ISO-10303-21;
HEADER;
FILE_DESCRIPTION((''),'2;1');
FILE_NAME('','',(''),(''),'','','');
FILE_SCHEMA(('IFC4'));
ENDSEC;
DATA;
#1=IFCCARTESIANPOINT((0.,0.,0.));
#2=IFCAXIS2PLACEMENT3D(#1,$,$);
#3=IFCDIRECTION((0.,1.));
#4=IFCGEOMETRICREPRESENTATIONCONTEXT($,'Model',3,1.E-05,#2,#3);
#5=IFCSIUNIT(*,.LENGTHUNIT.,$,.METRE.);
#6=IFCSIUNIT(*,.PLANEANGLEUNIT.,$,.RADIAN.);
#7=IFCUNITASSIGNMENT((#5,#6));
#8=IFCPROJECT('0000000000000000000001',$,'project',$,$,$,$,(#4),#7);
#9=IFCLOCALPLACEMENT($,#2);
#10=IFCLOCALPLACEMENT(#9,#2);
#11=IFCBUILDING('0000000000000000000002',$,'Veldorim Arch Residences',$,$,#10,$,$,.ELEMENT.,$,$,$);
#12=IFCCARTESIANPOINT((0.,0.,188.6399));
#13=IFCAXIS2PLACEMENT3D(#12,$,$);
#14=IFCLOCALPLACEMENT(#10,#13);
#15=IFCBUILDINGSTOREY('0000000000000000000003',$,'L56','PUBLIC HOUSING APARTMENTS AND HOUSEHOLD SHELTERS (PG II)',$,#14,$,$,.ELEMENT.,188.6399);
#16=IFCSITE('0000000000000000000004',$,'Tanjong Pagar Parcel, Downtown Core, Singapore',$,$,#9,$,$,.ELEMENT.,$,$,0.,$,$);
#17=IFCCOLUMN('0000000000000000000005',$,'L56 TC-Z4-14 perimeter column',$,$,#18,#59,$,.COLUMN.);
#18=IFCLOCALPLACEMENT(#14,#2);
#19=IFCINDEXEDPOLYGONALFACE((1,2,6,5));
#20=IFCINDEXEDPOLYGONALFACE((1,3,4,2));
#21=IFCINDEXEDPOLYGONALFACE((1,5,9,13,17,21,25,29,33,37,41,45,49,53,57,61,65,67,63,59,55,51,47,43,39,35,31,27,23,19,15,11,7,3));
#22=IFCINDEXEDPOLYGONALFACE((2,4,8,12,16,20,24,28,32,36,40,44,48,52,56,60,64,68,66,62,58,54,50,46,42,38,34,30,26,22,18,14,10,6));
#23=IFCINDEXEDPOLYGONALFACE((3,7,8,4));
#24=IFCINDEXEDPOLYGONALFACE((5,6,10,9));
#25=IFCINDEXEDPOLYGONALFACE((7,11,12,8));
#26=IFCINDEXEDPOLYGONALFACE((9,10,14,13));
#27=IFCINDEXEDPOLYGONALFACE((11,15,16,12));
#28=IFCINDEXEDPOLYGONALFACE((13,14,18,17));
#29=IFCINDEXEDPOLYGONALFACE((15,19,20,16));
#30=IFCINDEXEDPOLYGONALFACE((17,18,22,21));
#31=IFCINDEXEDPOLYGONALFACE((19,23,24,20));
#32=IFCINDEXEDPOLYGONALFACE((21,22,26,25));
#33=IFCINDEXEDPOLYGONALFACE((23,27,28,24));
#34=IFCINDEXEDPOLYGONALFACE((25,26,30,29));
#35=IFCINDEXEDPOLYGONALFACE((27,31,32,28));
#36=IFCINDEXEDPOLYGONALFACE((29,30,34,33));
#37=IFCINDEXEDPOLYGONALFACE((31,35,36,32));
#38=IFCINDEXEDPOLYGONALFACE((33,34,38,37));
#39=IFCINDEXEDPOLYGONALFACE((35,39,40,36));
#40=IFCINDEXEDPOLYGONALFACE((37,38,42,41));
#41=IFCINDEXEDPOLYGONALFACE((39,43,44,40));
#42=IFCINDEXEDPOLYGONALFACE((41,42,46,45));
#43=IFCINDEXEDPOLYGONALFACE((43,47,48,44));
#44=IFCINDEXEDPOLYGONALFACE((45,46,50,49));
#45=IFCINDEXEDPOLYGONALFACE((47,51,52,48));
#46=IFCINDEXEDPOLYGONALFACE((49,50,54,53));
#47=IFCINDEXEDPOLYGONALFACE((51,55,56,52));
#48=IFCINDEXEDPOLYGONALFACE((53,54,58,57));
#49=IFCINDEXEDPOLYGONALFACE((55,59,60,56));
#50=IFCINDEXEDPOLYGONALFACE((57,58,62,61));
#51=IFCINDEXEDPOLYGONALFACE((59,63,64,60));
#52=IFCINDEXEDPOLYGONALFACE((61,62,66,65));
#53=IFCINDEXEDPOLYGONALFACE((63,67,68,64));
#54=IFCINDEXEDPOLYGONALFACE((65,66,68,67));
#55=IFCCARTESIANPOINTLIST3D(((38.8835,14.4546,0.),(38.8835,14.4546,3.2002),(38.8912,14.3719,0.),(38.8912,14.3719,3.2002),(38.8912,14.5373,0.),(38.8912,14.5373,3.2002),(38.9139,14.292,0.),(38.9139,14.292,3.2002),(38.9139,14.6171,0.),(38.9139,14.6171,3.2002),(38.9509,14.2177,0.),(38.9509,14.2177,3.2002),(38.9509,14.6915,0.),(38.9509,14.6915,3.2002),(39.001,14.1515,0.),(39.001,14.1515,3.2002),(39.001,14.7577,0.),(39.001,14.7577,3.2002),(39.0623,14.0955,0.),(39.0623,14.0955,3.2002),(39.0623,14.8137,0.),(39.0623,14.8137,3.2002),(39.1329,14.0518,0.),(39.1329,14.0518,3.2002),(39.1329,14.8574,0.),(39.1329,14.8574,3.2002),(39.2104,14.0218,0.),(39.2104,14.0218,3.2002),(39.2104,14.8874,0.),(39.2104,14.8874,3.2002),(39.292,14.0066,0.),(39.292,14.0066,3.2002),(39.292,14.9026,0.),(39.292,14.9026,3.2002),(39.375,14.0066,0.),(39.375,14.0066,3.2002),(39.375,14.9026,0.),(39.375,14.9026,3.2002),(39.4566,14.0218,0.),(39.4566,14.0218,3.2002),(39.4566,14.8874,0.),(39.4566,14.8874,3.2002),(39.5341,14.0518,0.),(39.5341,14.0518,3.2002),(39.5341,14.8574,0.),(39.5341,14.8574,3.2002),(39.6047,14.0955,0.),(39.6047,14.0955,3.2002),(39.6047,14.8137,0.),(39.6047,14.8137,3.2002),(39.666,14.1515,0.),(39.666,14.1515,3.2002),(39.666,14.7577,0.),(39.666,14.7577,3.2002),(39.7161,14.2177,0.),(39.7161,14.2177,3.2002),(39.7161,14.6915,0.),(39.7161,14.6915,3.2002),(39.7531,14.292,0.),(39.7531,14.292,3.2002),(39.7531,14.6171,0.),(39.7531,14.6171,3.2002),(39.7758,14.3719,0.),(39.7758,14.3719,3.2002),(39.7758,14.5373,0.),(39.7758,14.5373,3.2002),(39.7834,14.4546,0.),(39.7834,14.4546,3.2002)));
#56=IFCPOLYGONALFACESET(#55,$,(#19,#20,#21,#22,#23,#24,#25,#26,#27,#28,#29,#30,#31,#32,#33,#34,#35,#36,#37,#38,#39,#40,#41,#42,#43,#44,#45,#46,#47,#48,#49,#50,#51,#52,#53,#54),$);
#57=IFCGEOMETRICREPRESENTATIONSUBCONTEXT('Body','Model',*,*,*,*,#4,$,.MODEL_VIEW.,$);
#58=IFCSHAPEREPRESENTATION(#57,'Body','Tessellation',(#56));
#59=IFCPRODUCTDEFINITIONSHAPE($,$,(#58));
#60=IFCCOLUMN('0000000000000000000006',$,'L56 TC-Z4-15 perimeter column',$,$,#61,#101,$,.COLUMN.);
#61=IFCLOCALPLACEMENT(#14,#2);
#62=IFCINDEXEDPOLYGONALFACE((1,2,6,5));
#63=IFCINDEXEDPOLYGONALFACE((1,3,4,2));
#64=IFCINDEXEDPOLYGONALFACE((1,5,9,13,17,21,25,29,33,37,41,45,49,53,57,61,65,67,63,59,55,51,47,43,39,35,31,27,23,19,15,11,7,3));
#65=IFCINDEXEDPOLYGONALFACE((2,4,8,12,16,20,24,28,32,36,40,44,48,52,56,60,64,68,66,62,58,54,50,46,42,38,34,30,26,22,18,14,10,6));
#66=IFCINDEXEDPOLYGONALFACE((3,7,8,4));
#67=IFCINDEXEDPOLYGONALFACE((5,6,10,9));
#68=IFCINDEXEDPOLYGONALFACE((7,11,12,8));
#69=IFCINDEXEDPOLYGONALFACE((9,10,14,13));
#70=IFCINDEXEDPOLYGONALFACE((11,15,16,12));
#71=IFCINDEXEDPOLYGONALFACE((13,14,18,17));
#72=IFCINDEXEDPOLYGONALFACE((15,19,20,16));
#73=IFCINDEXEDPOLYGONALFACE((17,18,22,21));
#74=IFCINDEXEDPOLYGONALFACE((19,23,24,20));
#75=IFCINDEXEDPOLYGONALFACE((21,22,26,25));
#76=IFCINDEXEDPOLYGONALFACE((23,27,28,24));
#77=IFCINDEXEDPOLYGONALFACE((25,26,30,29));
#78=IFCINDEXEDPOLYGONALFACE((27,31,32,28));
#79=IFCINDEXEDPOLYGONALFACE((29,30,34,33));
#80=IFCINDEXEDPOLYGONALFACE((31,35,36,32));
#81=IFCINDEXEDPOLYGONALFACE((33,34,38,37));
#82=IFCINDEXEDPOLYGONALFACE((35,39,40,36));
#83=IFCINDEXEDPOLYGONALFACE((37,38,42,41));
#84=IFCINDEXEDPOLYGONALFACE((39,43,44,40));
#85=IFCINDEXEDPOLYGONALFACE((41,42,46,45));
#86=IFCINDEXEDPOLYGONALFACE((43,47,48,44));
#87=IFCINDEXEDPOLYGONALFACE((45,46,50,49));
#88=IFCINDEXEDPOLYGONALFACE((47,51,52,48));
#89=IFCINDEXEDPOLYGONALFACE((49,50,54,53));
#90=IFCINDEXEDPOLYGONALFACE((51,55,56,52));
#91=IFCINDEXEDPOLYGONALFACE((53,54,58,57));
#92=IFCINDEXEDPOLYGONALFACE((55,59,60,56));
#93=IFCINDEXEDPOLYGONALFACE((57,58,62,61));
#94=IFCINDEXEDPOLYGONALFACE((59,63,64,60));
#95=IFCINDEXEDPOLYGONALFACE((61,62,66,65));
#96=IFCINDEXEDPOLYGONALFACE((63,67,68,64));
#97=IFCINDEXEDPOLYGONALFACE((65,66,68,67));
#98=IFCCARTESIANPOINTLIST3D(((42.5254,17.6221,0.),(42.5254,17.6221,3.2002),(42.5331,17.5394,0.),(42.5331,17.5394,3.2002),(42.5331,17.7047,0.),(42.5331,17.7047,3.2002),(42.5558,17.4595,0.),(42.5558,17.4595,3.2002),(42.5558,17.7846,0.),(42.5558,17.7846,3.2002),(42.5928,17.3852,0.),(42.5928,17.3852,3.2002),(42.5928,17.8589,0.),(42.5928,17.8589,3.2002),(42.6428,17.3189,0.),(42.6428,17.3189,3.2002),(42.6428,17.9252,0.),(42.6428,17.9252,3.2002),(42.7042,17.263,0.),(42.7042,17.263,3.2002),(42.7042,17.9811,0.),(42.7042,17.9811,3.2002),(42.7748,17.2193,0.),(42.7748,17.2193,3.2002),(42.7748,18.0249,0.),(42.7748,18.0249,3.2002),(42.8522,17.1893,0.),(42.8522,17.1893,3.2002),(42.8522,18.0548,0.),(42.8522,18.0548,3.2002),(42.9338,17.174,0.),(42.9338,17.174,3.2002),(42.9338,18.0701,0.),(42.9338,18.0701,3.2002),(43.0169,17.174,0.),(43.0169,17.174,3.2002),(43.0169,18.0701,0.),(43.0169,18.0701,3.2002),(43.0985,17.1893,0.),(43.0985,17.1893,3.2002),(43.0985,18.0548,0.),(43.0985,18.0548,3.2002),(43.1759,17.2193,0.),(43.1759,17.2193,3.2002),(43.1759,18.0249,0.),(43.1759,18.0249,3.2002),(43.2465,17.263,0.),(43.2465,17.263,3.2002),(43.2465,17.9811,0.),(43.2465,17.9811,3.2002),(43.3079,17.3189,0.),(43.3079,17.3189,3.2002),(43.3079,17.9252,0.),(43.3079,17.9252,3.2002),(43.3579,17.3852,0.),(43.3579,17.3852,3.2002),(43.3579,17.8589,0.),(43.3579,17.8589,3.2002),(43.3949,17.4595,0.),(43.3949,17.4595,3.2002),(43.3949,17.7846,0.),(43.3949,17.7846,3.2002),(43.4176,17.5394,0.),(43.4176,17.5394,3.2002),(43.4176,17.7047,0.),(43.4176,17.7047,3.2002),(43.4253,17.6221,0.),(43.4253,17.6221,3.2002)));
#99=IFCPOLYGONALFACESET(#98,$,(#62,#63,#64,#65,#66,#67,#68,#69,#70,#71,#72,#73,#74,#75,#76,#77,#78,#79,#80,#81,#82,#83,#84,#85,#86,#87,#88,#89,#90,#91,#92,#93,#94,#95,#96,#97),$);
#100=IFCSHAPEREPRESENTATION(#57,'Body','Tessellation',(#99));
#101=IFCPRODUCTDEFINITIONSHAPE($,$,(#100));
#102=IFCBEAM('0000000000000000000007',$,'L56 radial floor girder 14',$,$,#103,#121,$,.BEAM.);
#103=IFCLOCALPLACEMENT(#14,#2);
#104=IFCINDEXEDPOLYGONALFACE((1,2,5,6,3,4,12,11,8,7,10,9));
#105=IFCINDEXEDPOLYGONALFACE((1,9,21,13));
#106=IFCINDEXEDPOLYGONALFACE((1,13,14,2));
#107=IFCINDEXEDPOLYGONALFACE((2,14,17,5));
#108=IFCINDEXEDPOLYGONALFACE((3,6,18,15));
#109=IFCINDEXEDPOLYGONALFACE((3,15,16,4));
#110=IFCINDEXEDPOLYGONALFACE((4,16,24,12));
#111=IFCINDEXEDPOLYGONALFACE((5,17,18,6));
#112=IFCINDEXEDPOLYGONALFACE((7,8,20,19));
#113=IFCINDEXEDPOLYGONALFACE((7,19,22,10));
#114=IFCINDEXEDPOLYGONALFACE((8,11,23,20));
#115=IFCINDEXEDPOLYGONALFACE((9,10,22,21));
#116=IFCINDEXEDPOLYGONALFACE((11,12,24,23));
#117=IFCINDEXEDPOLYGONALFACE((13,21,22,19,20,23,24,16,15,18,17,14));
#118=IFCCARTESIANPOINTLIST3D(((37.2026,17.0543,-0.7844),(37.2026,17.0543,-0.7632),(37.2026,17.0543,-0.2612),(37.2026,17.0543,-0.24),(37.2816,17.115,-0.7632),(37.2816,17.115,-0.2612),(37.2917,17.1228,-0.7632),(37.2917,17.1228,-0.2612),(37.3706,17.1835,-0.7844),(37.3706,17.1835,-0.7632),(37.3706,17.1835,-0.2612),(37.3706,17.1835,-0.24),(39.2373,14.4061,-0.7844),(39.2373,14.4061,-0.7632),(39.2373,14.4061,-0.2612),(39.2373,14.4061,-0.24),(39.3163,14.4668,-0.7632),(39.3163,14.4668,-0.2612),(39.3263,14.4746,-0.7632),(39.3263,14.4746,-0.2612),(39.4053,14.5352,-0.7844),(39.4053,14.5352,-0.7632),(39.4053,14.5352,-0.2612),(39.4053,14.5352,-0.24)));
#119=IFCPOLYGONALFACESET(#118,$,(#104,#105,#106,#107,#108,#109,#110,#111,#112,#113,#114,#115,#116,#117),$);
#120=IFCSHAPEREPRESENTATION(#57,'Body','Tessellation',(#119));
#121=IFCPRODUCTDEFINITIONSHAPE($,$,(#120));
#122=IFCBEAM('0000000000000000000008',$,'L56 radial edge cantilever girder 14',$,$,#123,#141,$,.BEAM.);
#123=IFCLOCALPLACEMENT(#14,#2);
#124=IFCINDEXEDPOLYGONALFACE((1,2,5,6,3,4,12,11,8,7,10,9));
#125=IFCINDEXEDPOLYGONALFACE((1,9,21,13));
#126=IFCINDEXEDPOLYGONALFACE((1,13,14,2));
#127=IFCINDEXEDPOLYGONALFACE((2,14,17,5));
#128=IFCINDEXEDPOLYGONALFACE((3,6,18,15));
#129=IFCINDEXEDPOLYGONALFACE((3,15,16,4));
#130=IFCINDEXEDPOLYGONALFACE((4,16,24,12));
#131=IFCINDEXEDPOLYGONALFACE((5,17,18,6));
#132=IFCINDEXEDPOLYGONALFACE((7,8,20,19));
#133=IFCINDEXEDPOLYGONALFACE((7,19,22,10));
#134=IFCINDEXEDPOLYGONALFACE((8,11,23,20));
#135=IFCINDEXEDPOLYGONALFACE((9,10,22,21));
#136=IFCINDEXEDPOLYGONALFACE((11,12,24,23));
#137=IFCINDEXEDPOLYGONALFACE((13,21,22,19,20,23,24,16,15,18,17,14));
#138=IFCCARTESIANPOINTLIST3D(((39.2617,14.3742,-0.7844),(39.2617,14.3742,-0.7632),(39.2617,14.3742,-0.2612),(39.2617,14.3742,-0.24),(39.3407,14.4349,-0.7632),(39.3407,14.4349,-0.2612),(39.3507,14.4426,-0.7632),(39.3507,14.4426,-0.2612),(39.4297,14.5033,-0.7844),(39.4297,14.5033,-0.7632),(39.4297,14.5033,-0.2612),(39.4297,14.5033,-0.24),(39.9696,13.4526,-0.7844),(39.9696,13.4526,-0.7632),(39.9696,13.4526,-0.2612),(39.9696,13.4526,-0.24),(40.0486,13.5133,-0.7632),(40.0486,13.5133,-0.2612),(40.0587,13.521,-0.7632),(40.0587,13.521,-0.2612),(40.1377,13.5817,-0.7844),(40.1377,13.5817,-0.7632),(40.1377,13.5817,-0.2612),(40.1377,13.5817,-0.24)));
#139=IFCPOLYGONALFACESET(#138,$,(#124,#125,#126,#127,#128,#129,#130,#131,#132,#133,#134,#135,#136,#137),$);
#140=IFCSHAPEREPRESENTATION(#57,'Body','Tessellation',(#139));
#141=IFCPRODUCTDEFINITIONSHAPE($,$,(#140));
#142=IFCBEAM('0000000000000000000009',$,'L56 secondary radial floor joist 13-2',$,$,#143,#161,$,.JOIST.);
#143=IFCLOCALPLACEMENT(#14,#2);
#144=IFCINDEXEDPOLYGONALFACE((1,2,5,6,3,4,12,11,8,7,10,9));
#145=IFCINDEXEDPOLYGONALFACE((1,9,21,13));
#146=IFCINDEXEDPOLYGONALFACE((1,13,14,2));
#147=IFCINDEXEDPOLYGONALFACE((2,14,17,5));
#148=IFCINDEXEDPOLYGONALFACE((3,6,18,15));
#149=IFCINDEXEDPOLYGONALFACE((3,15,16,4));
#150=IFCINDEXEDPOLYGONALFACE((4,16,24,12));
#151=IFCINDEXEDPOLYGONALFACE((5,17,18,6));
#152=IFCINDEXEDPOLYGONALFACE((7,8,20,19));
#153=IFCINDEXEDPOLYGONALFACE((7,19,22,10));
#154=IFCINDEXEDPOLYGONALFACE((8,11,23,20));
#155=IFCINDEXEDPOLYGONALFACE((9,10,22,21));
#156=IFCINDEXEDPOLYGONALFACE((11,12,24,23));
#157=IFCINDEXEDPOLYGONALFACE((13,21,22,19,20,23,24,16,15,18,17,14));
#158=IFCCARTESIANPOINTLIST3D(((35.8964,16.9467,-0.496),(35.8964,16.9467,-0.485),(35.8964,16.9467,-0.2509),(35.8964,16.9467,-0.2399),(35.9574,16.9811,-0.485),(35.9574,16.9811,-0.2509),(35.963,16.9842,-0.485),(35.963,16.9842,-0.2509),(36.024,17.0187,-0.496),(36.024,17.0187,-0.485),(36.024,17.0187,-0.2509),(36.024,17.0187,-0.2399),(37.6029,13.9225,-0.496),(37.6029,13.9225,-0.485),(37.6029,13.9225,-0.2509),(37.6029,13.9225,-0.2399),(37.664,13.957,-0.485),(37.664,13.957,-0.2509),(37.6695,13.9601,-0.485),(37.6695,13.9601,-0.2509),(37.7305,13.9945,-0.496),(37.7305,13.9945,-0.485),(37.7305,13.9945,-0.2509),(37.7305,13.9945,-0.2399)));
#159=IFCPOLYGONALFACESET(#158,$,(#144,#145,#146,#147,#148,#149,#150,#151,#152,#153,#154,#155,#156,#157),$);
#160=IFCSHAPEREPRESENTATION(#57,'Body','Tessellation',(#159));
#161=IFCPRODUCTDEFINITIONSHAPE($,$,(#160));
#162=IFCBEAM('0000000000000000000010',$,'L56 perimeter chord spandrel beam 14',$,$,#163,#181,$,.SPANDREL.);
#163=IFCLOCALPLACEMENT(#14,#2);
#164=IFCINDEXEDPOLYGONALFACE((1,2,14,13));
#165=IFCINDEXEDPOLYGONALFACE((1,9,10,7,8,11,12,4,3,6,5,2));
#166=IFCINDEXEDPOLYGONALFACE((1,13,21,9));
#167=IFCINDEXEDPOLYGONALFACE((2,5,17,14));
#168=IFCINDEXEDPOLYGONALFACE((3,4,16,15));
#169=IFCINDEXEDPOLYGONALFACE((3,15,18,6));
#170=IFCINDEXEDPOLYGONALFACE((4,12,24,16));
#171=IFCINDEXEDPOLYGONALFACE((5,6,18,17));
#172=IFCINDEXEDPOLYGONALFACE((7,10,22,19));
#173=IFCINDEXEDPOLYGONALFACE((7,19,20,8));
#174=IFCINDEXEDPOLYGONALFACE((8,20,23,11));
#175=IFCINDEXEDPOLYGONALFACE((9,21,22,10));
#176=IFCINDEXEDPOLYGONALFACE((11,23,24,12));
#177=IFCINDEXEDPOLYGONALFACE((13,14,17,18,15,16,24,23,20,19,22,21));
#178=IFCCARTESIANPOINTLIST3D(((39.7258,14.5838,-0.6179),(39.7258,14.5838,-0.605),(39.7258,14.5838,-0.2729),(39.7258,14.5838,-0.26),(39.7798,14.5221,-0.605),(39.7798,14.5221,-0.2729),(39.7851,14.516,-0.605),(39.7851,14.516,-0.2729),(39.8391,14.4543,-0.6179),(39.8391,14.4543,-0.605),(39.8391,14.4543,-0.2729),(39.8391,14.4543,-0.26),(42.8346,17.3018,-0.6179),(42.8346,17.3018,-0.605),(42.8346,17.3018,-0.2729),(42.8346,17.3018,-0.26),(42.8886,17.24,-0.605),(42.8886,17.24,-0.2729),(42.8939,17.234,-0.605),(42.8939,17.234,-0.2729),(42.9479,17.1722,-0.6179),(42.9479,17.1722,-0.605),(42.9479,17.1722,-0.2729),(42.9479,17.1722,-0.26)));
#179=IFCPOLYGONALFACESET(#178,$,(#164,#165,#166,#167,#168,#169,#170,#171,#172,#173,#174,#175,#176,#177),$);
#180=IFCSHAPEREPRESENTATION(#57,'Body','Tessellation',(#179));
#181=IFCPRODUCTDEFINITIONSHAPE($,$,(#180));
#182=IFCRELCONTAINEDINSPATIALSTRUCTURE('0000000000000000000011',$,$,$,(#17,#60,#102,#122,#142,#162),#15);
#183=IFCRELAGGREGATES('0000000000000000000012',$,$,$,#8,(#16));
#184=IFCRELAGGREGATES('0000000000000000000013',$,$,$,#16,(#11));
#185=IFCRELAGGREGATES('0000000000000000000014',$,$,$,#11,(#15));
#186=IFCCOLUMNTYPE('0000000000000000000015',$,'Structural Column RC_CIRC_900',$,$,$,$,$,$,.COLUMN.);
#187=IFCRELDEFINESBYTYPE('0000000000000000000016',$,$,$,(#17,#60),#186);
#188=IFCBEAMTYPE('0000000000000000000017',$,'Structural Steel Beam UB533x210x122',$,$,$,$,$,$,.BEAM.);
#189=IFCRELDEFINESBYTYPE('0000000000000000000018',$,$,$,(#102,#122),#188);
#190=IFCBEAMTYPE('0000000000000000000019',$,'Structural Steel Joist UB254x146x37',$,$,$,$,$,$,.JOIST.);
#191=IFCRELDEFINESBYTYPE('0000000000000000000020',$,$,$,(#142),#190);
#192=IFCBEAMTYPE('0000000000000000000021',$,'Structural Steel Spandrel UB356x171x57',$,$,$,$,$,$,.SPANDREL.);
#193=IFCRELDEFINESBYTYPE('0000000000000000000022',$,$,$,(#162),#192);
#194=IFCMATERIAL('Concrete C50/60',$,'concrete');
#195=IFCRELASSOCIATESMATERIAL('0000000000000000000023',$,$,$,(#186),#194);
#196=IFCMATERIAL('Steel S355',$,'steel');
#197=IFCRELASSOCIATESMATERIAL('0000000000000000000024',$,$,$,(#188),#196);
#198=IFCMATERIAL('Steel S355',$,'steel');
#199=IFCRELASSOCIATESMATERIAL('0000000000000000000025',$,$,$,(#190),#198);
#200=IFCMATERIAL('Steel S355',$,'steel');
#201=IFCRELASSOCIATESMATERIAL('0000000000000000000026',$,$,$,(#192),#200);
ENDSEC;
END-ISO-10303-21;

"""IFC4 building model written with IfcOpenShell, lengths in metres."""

from ifc_helpers import new_model, si_unit, direction, frame, origin, origin_2d, place, context, subcontext, project, spatial, circle, i_section, extrude, material, material_profile, profile_set, type_object, element, save


model = new_model("IFC4")

# Units and contexts
model_context = context("Model", 3, precision=1e-05, world=origin(), true_north=direction((0.0, 1.0)))
body_context = subcontext(model_context, "Body", "Model", "MODEL_VIEW")
ifc_project = project(units=[si_unit("LENGTHUNIT", "METRE"), si_unit("PLANEANGLEUNIT", "RADIAN")], contexts=[model_context])

# Site, building, storey
site_placement = place(None, origin())
site = spatial("IfcSite", under=ifc_project, at=site_placement, Name="Tanjong Pagar Parcel, Downtown Core, Singapore", CompositionType="ELEMENT", RefElevation=0.0)
building_placement = place(site_placement, origin())
building = spatial("IfcBuilding", under=site, at=building_placement, Name="Veldorim Arch Residences", CompositionType="ELEMENT")
storey_placement = place(building_placement, frame((0.0, 0.0, 188.6399)))
storey = spatial("IfcBuildingStorey", under=building, at=storey_placement, Name="L56", Description="PUBLIC HOUSING APARTMENTS AND HOUSEHOLD SHELTERS (PG II)", CompositionType="ELEMENT", Elevation=188.6399)

# Columns
ifc_material_1 = material(Name="Concrete C50/60", Category="concrete")
ifc_material_profile_1 = material_profile(ifc_material_1, circle(Radius=0.45, at=origin_2d()), Name="RC_CIRC_900")
ifc_profile_set_1 = profile_set([ifc_material_profile_1], Name="Concrete C50/60")
column_type = type_object("IfcColumnType", Name="Structural Column RC_CIRC_900", PredefinedType="COLUMN", material=ifc_profile_set_1)
for number, where, z_axis, x_axis, name in (
    (1, (39.3335, 14.4546, 0.0), (0.0, 0.0, 1.0), (1.0, 0.0, 0.0), "L56 TC-Z4-14 perimeter column"),
    (2, (42.9753, 17.6221, 0.0), (0.0, 0.0, 1.0), (1.0, 0.0, 0.0), "L56 TC-Z4-15 perimeter column"),
):
    element("IfcColumn", number, at=place(storey_placement, frame(where, z_axis=z_axis, x_axis=x_axis)), inside=storey, type_object=column_type, Name=name, PredefinedType="COLUMN", context=body_context, shape_type="SweptSolid", body=[
        extrude(circle(Radius=0.45, at=origin_2d()), origin(), (0.0, 0.0, 1.0), 3.2002),
    ])

# Beams
ifc_material_2 = material(Name="Steel S355", Category="steel")
ifc_material_profile_2 = material_profile(ifc_material_2, i_section(OverallWidth=0.2119, OverallDepth=0.5444, WebThickness=0.0127, FlangeThickness=0.0212, at=origin_2d()), Name="UB533x210x122")
ifc_profile_set_2 = profile_set([ifc_material_profile_2], Name="Steel S355")
beam_type_1 = type_object("IfcBeamType", Name="Structural Steel Beam UB533x210x122", PredefinedType="BEAM", material=ifc_profile_set_2)
beam_1_placement = place(storey_placement, frame((37.2866, 17.1189, -0.5122), z_axis=(0.609258, -0.792972, 0.0), x_axis=(0.792972, 0.609258, 0.0)))
element("IfcBeam", 3, at=beam_1_placement, inside=storey, type_object=beam_type_1, Name="L56 radial floor girder 14", PredefinedType="BEAM", context=body_context, shape_type="SweptSolid", body=[
    extrude(i_section(OverallWidth=0.2119, OverallDepth=0.5444, WebThickness=0.0127, FlangeThickness=0.0212, at=origin_2d()), origin(), (0.0, 0.0, 1.0), 3.3396),
])
beam_2_placement = place(storey_placement, frame((39.3457, 14.4387, -0.5122), z_axis=(0.609203, -0.793014, 0.0), x_axis=(0.793014, 0.609203, 0.0)))
element("IfcBeam", 4, at=beam_2_placement, inside=storey, type_object=beam_type_1, Name="L56 radial edge cantilever girder 14", PredefinedType="BEAM", context=body_context, shape_type="SweptSolid", body=[
    extrude(i_section(OverallWidth=0.2119, OverallDepth=0.5444, WebThickness=0.0127, FlangeThickness=0.0212, at=origin_2d()), origin(), (0.0, 0.0, 1.0), 1.1621),
])
ifc_material_3 = material(Name="Steel S355", Category="steel")
ifc_material_profile_3 = material_profile(ifc_material_3, i_section(OverallWidth=0.1465, OverallDepth=0.2561, WebThickness=0.0063, FlangeThickness=0.011, at=origin_2d()), Name="UB254x146x37")
ifc_profile_set_3 = profile_set([ifc_material_profile_3], Name="Steel S355")
beam_type_2 = type_object("IfcBeamType", Name="Structural Steel Joist UB254x146x37", PredefinedType="JOIST", material=ifc_profile_set_3)
beam_3_placement = place(storey_placement, frame((35.9602, 16.9827, -0.3679), z_axis=(0.491452, -0.870904, 0.0), x_axis=(0.870904, 0.491452, 0.0)))
element("IfcBeam", 5, at=beam_3_placement, inside=storey, type_object=beam_type_2, Name="L56 secondary radial floor joist 13-2", PredefinedType="JOIST", context=body_context, shape_type="SweptSolid", body=[
    extrude(i_section(OverallWidth=0.1465, OverallDepth=0.2561, WebThickness=0.0063, FlangeThickness=0.011, at=origin_2d()), origin(), (0.0, 0.0, 1.0), 3.4724),
])
ifc_material_4 = material(Name="Steel S355", Category="steel")
ifc_material_profile_4 = material_profile(ifc_material_4, i_section(OverallWidth=0.1721, OverallDepth=0.3579, WebThickness=0.0081, FlangeThickness=0.0129, at=origin_2d()), Name="UB356x171x57")
ifc_profile_set_4 = profile_set([ifc_material_profile_4], Name="Steel S355")
beam_type_3 = type_object("IfcBeamType", Name="Structural Steel Spandrel UB356x171x57", PredefinedType="SPANDREL", material=ifc_profile_set_4)
beam_4_placement = place(storey_placement, frame((39.7825, 14.519, -0.439), z_axis=(0.752848, 0.658195, 0.0), x_axis=(-0.658195, 0.752848, 0.0)))
element("IfcBeam", 6, at=beam_4_placement, inside=storey, type_object=beam_type_3, Name="L56 perimeter chord spandrel beam 14", PredefinedType="SPANDREL", context=body_context, shape_type="SweptSolid", body=[
    extrude(i_section(OverallWidth=0.1721, OverallDepth=0.3579, WebThickness=0.0081, FlangeThickness=0.0129, at=origin_2d()), origin(), (0.0, 0.0, 1.0), 4.1294),
])

save(model, "model.ifc")
